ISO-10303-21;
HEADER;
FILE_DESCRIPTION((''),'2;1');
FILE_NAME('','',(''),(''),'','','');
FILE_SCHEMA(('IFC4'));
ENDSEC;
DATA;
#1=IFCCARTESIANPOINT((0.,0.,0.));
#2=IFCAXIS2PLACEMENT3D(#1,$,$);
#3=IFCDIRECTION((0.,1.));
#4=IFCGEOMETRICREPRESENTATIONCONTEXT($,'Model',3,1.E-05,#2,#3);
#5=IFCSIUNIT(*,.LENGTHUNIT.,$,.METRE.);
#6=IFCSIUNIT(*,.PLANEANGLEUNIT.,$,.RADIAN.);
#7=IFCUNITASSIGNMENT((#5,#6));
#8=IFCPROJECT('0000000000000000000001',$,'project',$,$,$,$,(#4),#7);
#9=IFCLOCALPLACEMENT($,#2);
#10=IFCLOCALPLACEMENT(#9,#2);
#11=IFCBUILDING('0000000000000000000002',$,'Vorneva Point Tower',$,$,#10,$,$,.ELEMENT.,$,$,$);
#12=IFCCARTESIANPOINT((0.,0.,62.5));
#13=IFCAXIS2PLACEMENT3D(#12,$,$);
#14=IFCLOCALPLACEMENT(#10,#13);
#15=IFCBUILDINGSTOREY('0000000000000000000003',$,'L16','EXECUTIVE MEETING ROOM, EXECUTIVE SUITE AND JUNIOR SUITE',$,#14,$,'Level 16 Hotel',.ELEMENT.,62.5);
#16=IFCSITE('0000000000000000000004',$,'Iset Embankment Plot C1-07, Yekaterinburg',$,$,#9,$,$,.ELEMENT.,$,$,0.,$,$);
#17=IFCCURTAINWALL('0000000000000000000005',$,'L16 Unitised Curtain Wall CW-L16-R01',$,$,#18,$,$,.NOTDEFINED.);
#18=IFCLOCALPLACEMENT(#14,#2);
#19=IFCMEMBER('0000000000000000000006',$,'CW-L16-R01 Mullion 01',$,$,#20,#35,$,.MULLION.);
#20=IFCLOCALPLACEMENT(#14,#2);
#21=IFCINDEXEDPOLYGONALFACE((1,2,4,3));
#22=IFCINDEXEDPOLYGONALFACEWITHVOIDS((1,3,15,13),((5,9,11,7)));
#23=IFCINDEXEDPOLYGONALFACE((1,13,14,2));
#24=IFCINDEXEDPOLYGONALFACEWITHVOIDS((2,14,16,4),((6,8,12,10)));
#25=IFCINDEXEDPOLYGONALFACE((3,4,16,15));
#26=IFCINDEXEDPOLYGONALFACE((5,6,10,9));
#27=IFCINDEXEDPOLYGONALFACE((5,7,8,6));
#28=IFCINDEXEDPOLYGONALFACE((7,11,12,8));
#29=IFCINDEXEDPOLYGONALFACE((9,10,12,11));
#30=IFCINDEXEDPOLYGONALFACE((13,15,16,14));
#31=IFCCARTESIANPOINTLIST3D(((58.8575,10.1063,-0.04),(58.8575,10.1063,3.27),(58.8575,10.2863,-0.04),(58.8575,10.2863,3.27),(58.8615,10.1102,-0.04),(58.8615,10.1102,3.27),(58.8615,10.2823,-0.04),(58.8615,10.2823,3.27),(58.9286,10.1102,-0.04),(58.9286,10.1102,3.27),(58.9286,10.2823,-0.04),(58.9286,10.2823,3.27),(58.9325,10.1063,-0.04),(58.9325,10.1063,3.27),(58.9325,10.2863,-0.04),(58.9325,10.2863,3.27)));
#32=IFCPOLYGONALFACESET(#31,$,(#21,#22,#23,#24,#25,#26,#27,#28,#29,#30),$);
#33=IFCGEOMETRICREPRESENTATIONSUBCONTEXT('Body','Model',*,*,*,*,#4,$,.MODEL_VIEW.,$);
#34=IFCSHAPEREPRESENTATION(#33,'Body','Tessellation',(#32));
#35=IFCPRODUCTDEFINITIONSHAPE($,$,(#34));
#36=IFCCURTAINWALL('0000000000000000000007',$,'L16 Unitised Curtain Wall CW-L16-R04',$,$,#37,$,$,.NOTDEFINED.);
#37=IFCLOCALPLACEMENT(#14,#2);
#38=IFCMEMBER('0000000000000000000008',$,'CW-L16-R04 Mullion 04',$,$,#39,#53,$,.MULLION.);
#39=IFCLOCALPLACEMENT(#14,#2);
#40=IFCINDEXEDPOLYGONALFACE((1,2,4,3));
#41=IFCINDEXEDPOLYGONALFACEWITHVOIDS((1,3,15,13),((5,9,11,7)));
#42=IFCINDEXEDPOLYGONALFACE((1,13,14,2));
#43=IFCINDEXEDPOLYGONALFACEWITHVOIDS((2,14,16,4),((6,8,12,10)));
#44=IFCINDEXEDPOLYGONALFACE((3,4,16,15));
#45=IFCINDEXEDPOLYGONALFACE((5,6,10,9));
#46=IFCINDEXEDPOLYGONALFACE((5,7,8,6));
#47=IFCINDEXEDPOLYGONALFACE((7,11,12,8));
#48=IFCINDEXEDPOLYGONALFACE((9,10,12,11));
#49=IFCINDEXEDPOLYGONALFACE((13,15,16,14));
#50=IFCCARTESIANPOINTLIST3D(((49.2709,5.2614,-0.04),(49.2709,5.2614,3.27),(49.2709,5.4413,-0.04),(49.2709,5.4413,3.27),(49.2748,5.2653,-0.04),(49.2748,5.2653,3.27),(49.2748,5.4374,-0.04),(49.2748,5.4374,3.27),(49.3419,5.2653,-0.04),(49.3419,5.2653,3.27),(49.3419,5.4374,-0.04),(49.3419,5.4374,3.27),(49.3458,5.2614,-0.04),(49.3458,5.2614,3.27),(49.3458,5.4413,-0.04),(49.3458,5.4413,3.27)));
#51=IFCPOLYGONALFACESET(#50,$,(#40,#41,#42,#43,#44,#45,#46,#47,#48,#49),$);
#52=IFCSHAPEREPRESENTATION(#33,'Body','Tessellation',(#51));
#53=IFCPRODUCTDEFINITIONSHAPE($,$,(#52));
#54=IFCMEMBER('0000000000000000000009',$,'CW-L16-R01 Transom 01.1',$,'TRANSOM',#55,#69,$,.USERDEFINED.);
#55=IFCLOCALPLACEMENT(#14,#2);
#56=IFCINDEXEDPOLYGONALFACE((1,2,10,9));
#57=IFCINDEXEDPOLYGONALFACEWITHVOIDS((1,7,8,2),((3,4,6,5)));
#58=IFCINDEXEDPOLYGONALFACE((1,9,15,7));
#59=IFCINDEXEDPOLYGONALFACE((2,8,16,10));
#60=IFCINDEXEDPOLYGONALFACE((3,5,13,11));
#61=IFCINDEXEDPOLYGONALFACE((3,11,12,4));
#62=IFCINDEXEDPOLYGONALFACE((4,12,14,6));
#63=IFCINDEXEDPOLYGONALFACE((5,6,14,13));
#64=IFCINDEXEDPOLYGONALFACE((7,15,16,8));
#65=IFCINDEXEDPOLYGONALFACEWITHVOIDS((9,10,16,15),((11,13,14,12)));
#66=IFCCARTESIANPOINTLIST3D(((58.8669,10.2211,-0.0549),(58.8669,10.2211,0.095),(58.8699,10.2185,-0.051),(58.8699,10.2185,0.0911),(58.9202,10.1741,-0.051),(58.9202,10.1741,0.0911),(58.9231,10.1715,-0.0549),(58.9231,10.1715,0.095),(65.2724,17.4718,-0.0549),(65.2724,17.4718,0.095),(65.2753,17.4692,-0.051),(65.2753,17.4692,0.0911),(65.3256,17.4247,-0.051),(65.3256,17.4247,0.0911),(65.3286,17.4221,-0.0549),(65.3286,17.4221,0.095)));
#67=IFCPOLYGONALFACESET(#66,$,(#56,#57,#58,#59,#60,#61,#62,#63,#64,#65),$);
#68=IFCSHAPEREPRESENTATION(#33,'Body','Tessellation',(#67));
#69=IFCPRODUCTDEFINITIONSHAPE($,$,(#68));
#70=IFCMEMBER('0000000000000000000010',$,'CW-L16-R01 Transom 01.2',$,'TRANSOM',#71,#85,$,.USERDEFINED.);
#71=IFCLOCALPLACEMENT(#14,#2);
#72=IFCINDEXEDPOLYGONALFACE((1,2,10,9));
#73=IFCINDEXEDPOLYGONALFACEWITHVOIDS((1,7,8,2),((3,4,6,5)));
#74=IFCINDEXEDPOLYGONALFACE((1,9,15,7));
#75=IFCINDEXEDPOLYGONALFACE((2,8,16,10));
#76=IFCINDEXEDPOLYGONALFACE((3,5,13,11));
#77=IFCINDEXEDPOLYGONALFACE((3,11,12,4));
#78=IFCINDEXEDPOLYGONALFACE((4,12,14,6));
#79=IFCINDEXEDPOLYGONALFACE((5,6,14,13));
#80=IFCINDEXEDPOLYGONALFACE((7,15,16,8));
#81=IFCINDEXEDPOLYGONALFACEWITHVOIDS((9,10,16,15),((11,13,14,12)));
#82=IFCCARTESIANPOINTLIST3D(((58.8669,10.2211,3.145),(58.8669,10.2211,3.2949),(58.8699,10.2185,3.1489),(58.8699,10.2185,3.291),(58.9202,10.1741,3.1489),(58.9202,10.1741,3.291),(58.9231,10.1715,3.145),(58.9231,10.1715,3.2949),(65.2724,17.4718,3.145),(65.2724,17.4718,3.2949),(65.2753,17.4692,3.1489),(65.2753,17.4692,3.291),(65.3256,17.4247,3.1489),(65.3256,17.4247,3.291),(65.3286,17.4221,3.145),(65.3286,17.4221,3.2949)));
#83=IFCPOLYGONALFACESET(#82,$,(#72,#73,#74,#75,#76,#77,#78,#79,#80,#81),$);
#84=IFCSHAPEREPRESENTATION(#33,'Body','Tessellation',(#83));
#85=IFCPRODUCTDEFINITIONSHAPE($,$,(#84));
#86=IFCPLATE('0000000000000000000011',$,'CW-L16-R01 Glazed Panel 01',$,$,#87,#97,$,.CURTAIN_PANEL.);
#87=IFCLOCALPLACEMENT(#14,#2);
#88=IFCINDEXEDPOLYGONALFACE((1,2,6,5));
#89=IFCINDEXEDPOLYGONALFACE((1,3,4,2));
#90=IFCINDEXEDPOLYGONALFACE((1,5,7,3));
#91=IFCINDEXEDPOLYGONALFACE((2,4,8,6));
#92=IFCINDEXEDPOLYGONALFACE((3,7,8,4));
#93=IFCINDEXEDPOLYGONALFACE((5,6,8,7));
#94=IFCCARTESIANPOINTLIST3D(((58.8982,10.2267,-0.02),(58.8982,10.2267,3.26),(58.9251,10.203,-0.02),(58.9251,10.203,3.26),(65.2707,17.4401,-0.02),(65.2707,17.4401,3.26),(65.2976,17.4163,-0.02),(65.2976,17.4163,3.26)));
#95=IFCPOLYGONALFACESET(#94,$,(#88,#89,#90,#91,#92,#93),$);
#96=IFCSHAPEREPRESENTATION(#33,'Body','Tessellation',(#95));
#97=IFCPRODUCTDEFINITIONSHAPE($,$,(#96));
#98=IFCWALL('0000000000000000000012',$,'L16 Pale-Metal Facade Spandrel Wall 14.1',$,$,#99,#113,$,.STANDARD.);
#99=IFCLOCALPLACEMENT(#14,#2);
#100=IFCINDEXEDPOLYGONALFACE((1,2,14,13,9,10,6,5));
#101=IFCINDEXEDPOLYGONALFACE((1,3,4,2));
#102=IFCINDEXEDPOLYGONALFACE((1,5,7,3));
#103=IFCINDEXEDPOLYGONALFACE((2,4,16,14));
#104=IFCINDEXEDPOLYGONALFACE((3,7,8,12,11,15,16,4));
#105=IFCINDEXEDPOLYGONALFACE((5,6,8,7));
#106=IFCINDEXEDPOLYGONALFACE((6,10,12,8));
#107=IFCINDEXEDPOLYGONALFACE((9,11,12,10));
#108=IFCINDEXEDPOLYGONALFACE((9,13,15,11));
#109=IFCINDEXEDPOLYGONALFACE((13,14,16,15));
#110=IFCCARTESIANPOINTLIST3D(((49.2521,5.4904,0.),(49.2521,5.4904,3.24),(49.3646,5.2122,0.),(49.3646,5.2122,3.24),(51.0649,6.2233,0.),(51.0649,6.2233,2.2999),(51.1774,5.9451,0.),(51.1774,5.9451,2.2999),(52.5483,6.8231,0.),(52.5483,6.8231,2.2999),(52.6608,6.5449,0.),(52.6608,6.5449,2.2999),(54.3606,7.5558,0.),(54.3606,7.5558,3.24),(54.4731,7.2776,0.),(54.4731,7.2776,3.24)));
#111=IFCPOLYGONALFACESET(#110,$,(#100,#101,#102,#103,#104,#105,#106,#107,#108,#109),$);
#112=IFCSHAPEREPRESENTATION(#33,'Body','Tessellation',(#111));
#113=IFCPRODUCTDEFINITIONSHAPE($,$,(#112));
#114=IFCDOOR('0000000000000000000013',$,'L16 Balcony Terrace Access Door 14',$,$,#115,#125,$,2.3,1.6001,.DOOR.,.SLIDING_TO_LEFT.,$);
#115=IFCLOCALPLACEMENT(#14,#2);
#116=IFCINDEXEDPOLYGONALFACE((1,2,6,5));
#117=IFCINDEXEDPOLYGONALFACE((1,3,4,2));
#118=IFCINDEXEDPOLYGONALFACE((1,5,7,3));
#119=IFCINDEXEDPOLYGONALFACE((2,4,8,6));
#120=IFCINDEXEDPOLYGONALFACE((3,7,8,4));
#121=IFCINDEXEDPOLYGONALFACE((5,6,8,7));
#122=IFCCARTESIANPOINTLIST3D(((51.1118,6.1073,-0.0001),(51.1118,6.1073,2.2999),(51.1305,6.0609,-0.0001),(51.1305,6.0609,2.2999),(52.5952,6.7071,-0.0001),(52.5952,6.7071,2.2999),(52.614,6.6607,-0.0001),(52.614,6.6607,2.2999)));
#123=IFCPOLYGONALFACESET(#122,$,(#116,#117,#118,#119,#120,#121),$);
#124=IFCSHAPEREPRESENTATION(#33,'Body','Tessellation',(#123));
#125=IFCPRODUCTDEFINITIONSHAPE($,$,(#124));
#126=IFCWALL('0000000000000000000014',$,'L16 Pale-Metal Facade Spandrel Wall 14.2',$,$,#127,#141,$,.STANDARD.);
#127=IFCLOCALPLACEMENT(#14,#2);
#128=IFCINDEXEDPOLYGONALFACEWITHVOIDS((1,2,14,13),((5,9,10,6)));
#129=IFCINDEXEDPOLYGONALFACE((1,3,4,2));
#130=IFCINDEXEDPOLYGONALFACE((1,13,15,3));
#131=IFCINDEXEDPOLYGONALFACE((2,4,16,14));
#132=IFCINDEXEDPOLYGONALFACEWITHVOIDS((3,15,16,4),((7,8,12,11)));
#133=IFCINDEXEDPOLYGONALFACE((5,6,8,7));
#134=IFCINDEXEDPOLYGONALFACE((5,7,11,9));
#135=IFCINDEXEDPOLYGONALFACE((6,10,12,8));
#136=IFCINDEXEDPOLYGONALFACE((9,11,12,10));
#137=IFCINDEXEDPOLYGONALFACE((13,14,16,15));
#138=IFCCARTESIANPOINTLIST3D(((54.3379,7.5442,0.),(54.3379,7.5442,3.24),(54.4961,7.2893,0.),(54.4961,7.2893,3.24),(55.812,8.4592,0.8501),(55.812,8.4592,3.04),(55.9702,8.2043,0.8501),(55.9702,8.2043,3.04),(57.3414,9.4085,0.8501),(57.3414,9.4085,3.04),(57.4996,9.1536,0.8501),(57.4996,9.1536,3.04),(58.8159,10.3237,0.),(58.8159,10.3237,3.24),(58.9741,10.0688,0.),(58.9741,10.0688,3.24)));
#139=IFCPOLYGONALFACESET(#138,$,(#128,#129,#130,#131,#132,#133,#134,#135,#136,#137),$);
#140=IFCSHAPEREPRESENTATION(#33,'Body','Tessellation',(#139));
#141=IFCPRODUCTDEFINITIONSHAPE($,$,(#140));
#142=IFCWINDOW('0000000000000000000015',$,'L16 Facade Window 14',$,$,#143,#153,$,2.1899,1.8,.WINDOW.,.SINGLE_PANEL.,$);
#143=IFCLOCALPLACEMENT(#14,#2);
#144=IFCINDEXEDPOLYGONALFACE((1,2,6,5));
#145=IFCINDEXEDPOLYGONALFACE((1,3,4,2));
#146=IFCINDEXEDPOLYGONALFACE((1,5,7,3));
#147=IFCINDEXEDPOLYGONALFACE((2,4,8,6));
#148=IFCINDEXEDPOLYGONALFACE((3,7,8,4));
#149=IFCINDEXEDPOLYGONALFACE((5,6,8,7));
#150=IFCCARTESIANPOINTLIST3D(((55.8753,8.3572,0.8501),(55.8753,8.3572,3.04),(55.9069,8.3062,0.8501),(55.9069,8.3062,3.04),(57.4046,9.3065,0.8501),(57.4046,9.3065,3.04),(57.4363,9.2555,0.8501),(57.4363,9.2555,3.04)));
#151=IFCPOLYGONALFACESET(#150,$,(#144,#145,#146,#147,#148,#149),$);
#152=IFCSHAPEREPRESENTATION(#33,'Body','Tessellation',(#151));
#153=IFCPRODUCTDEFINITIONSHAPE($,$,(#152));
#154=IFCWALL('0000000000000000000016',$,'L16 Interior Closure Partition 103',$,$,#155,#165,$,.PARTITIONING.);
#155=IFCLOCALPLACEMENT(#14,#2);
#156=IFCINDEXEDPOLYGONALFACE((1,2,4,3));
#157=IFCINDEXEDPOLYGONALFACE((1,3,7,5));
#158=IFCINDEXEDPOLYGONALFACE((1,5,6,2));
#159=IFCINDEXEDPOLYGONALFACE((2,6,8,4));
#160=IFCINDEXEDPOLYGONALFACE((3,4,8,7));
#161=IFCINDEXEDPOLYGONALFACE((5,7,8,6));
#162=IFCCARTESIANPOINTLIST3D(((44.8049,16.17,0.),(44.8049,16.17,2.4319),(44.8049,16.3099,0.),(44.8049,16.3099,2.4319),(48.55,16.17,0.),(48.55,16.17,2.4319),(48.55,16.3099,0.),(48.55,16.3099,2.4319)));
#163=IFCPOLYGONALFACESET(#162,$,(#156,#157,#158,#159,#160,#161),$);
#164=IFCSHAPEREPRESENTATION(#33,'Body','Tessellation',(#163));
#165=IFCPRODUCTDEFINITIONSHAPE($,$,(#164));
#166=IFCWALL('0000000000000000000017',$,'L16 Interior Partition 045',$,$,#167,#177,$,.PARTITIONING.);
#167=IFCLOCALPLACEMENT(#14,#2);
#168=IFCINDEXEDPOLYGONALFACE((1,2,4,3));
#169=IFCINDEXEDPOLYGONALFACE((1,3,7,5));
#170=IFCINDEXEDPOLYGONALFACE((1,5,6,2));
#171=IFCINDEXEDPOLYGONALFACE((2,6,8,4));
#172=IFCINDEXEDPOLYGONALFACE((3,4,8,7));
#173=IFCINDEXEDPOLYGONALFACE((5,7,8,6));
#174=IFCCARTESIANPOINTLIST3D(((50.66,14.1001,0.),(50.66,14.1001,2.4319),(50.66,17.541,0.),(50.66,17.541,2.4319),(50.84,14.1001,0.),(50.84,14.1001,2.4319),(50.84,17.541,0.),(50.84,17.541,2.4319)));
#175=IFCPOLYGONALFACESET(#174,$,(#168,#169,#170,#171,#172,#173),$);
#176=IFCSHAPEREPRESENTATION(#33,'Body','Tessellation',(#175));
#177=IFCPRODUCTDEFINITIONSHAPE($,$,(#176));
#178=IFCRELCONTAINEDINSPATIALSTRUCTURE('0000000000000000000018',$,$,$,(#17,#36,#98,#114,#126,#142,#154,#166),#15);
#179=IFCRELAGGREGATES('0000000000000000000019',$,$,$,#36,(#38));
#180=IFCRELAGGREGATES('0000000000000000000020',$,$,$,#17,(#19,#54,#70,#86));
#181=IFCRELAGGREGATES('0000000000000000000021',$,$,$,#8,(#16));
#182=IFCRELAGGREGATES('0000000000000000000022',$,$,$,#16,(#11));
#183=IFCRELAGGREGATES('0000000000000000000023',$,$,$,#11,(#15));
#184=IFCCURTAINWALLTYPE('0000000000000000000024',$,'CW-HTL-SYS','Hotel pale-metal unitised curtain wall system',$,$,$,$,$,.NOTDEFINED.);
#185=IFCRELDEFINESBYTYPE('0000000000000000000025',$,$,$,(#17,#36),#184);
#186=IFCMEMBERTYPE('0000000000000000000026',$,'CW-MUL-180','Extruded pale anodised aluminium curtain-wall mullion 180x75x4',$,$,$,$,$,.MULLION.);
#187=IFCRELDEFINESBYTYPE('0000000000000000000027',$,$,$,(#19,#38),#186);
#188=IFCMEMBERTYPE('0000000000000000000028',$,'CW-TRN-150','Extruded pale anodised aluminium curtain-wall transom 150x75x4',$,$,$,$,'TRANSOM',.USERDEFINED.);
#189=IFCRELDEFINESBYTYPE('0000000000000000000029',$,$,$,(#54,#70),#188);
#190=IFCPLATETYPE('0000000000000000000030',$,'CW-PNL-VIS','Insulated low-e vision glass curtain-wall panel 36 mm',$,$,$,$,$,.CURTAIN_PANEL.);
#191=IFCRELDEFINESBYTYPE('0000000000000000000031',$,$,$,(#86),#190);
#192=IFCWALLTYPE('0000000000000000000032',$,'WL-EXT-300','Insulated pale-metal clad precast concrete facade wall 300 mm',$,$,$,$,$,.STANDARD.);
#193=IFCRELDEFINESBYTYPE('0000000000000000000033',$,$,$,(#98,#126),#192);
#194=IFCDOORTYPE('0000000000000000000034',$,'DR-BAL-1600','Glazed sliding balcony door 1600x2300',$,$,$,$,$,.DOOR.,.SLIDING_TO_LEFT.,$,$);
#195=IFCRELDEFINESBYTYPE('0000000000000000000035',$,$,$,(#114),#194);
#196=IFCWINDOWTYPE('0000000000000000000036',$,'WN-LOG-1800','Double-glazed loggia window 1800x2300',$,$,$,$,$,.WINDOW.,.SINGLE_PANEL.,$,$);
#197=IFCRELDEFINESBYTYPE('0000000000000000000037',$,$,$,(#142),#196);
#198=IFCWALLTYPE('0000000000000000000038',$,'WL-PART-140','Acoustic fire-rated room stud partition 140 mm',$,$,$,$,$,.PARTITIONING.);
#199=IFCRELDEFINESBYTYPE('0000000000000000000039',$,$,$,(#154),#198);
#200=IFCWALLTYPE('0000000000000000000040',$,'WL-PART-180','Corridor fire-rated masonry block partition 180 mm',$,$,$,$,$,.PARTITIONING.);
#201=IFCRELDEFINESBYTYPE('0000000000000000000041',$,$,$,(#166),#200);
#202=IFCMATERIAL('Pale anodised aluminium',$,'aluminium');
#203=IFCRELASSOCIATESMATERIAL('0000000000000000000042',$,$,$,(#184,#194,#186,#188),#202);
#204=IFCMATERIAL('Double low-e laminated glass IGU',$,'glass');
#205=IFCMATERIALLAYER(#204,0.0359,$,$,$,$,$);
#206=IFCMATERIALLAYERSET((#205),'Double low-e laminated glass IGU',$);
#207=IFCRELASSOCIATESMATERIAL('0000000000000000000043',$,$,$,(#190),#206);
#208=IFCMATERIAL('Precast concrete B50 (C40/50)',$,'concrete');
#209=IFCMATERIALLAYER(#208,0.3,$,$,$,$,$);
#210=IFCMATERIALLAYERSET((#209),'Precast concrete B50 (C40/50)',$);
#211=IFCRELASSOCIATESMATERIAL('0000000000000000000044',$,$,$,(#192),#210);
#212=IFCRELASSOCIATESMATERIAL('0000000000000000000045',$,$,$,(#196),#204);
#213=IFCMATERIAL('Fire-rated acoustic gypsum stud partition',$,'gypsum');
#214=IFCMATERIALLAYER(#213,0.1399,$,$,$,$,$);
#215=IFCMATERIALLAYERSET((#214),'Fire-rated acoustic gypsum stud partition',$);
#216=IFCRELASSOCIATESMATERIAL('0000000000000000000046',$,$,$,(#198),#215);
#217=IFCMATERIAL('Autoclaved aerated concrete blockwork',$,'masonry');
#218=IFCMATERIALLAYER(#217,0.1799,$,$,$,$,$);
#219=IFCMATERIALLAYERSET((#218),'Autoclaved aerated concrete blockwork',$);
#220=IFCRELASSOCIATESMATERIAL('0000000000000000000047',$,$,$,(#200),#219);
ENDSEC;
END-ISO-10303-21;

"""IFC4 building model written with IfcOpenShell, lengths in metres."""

from ifc_helpers import new_model, si_unit, direction, frame, frame_2d, origin, origin_2d, place, context, subcontext, project, spatial, rectangle, hollow_rectangle, extrude, material, layer, layer_set, material_profile, profile_set, type_object, element, fill, aggregate, save


model = new_model("IFC4")

# Units and contexts
model_context = context("Model", 3, precision=1e-05, world=origin(), true_north=direction((0.0, 1.0)))
body_context = subcontext(model_context, "Body", "Model", "MODEL_VIEW")
ifc_project = project(units=[si_unit("LENGTHUNIT", "METRE"), si_unit("PLANEANGLEUNIT", "RADIAN")], contexts=[model_context])

# Site, building, storey
site_placement = place(None, origin())
site = spatial("IfcSite", under=ifc_project, at=site_placement, Name="Iset Embankment Plot C1-07, Yekaterinburg", CompositionType="ELEMENT", RefElevation=0.0)
building_placement = place(site_placement, origin())
building = spatial("IfcBuilding", under=site, at=building_placement, Name="Vorneva Point Tower", CompositionType="ELEMENT")
storey_placement = place(building_placement, frame((0.0, 0.0, 62.5)))
storey = spatial("IfcBuildingStorey", under=building, at=storey_placement, Name="L16", Description="EXECUTIVE MEETING ROOM, EXECUTIVE SUITE AND JUNIOR SUITE", LongName="Level 16 Hotel", CompositionType="ELEMENT", Elevation=62.5)

# Curtain walls, members
ifc_material_1 = material(Name="Pale anodised aluminium", Category="aluminium")
curtain_wall_type = type_object("IfcCurtainWallType", Name="CW-HTL-SYS", Description="Hotel pale-metal unitised curtain wall system", PredefinedType="NOTDEFINED", material=ifc_material_1)
curtain_wall_1_placement = place(storey_placement, origin())
curtain_wall_1 = element("IfcCurtainWall", 1, at=curtain_wall_1_placement, inside=storey, type_object=curtain_wall_type, Name="L16 Unitised Curtain Wall CW-L16-R01", PredefinedType="NOTDEFINED")
ifc_material_profile_1 = material_profile(ifc_material_1, hollow_rectangle(XDim=0.075, YDim=0.1799, WallThickness=0.0039, at=origin_2d()), Name="AL-MUL 180x75x4")
ifc_profile_set_1 = profile_set([ifc_material_profile_1], Name="Pale anodised aluminium")
member_type_1 = type_object("IfcMemberType", Name="CW-MUL-180", Description="Extruded pale anodised aluminium curtain-wall mullion 180x75x4", PredefinedType="MULLION", material=ifc_profile_set_1)
member_1_placement = place(storey_placement, frame((58.895, 10.1963, -0.04), z_axis=(0.0, 0.0, 1.0), x_axis=(1.0, 0.0, 0.0)))
member_1 = element("IfcMember", 2, at=member_1_placement, type_object=member_type_1, Name="CW-L16-R01 Mullion 01", PredefinedType="MULLION", context=body_context, shape_type="SweptSolid", body=[
    extrude(hollow_rectangle(XDim=0.075, YDim=0.1799, WallThickness=0.0039, at=origin_2d()), origin(), (0.0, 0.0, 1.0), 3.3101),
])
curtain_wall_2_placement = place(storey_placement, origin())
curtain_wall_2 = element("IfcCurtainWall", 3, at=curtain_wall_2_placement, inside=storey, type_object=curtain_wall_type, Name="L16 Unitised Curtain Wall CW-L16-R04", PredefinedType="NOTDEFINED")
member_2_placement = place(storey_placement, frame((49.3083, 5.3513, -0.04), z_axis=(0.0, 0.0, 1.0), x_axis=(1.0, 0.0, 0.0)))
member_2 = element("IfcMember", 4, at=member_2_placement, type_object=member_type_1, Name="CW-L16-R04 Mullion 04", PredefinedType="MULLION", context=body_context, shape_type="SweptSolid", body=[
    extrude(hollow_rectangle(XDim=0.075, YDim=0.1799, WallThickness=0.0039, at=origin_2d()), origin(), (0.0, 0.0, 1.0), 3.3101),
])
aggregate(curtain_wall_2, [member_2])

# Members
ifc_material_profile_2 = material_profile(ifc_material_1, hollow_rectangle(XDim=0.075, YDim=0.1499, WallThickness=0.0039, at=origin_2d()), Name="AL-TRN 150x75x4")
ifc_profile_set_2 = profile_set([ifc_material_profile_2], Name="Pale anodised aluminium")
member_type_2 = type_object("IfcMemberType", Name="CW-TRN-150", Description="Extruded pale anodised aluminium curtain-wall transom 150x75x4", ElementType="TRANSOM", PredefinedType="USERDEFINED", material=ifc_profile_set_2)
member_3_placement = place(storey_placement, frame((58.895, 10.1963, 0.02), z_axis=(0.662076, 0.749437, 0.0), x_axis=(-0.749437, 0.662076, 0.0)))
member_3 = element("IfcMember", 5, at=member_3_placement, type_object=member_type_2, Name="CW-L16-R01 Transom 01.1", ObjectType="TRANSOM", PredefinedType="USERDEFINED", context=body_context, shape_type="SweptSolid", body=[
    extrude(hollow_rectangle(XDim=0.075, YDim=0.1499, WallThickness=0.0039, at=origin_2d()), origin(), (0.0, 0.0, 1.0), 9.6748),
])
member_4_placement = place(storey_placement, frame((58.895, 10.1963, 3.22), z_axis=(0.662076, 0.749437, 0.0), x_axis=(-0.749437, 0.662076, 0.0)))
member_4 = element("IfcMember", 6, at=member_4_placement, type_object=member_type_2, Name="CW-L16-R01 Transom 01.2", ObjectType="TRANSOM", PredefinedType="USERDEFINED", context=body_context, shape_type="SweptSolid", body=[
    extrude(hollow_rectangle(XDim=0.075, YDim=0.1499, WallThickness=0.0039, at=origin_2d()), origin(), (0.0, 0.0, 1.0), 9.6748),
])

# Plate
ifc_material_2 = material(Name="Double low-e laminated glass IGU", Category="glass")
ifc_layer_1 = layer(ifc_material_2, 0.0359)
ifc_layer_set_1 = layer_set([ifc_layer_1], Name="Double low-e laminated glass IGU")
plate_type = type_object("IfcPlateType", Name="CW-PNL-VIS", Description="Insulated low-e vision glass curtain-wall panel 36 mm", PredefinedType="CURTAIN_PANEL", material=ifc_layer_set_1)
plate_placement = place(storey_placement, frame((62.0979, 13.8215, -0.02), z_axis=(0.0, 0.0, 1.0), x_axis=(0.662071, 0.749441, 0.0)))
plate = element("IfcPlate", 7, at=plate_placement, type_object=plate_type, Name="CW-L16-R01 Glazed Panel 01", PredefinedType="CURTAIN_PANEL", context=body_context, shape_type="SweptSolid", body=[
    extrude(rectangle(XDim=9.625, YDim=0.0359, at=origin_2d()), origin(), (0.0, 0.0, 1.0), 3.28),
])
aggregate(curtain_wall_1, [member_1, member_3, member_4, plate])

# Wall, opening, door
ifc_material_3 = material(Name="Precast concrete B50 (C40/50)", Category="concrete")
ifc_layer_2 = layer(ifc_material_3, 0.3)
ifc_layer_set_2 = layer_set([ifc_layer_2], Name="Precast concrete B50 (C40/50)")
wall_type_1 = type_object("IfcWallType", Name="WL-EXT-300", Description="Insulated pale-metal clad precast concrete facade wall 300 mm", PredefinedType="STANDARD", material=ifc_layer_set_2)
wall_1_placement = place(storey_placement, frame((49.3083, 5.3513, 0.0), z_axis=(0.0, 0.0, 1.0), x_axis=(0.927095, 0.374826, 0.0)))
wall_1 = element("IfcWall", 8, at=wall_1_placement, inside=storey, type_object=wall_type_1, Name="L16 Pale-Metal Facade Spandrel Wall 14.1", PredefinedType="STANDARD", context=body_context, shape_type="SweptSolid", body=[
    extrude(rectangle(XDim=5.5103, YDim=0.3, at=frame_2d((2.7551, 0.0))), origin(), (0.0, 0.0, 1.0), 3.24),
])
opening_1_placement = place(wall_1_placement, frame((1.9553, 0.0, 0.0)))
opening_1 = element("IfcOpeningElement", 9, at=opening_1_placement, cuts=wall_1, PredefinedType="OPENING", context=body_context, shape_type="SweptSolid", body=[
    extrude(rectangle(XDim=1.6001, YDim=2.3, at=frame_2d((0.8, 1.1499))), frame((0.0, 0.165, 0.0), z_axis=(0.0, -1.0, 0.0), x_axis=(1.0, 0.0, 0.0)), (0.0, 0.0, 1.0), 0.3298),
])
door_type = type_object("IfcDoorType", Name="DR-BAL-1600", Description="Glazed sliding balcony door 1600x2300", OperationType="SLIDING_TO_LEFT", PredefinedType="DOOR", material=ifc_material_1)
door_placement = place(opening_1_placement, origin())
door = element("IfcDoor", 10, at=door_placement, inside=storey, type_object=door_type, Name="L16 Balcony Terrace Access Door 14", OperationType="SLIDING_TO_LEFT", OverallHeight=2.3, OverallWidth=1.6001, PredefinedType="DOOR", context=body_context, shape_type="SweptSolid", body=[
    extrude(rectangle(XDim=1.6001, YDim=2.3, at=frame_2d((0.8, 1.1499))), frame((0.0, 0.0249, 0.0), z_axis=(0.0, -1.0, 0.0), x_axis=(1.0, 0.0, 0.0)), (0.0, 0.0, 1.0), 0.05),
])
fill(opening_1, door)

# Wall, opening, window
wall_2_placement = place(storey_placement, frame((54.417, 7.4167, 0.0), z_axis=(0.0, 0.0, 1.0), x_axis=(0.849634, 0.527373, 0.0)))
wall_2 = element("IfcWall", 11, at=wall_2_placement, inside=storey, type_object=wall_type_1, Name="L16 Pale-Metal Facade Spandrel Wall 14.2", PredefinedType="STANDARD", context=body_context, shape_type="SweptSolid", body=[
    extrude(rectangle(XDim=5.2705, YDim=0.3, at=frame_2d((2.6353, 0.0))), origin(), (0.0, 0.0, 1.0), 3.24),
])
opening_2_placement = place(wall_2_placement, frame((1.7351, 0.0, 0.8501)))
opening_2 = element("IfcOpeningElement", 12, at=opening_2_placement, cuts=wall_2, PredefinedType="OPENING", context=body_context, shape_type="SweptSolid", body=[
    extrude(rectangle(XDim=1.8, YDim=2.1899, at=frame_2d((0.8999, 1.095))), frame((0.0, 0.165, 0.0), z_axis=(0.0, -1.0, 0.0), x_axis=(1.0, 0.0, 0.0)), (0.0, 0.0, 1.0), 0.3298),
])
window_type = type_object("IfcWindowType", Name="WN-LOG-1800", Description="Double-glazed loggia window 1800x2300", PartitioningType="SINGLE_PANEL", PredefinedType="WINDOW", material=ifc_material_2)
window_placement = place(opening_2_placement, origin())
window = element("IfcWindow", 13, at=window_placement, inside=storey, type_object=window_type, Name="L16 Facade Window 14", OverallHeight=2.1899, OverallWidth=1.8, PartitioningType="SINGLE_PANEL", PredefinedType="WINDOW", context=body_context, shape_type="SweptSolid", body=[
    extrude(rectangle(XDim=1.8, YDim=2.1899, at=frame_2d((0.8999, 1.095))), frame((0.0, 0.03, 0.0), z_axis=(0.0, -1.0, 0.0), x_axis=(1.0, 0.0, 0.0)), (0.0, 0.0, 1.0), 0.0601),
])
fill(opening_2, window)

# Walls
ifc_material_4 = material(Name="Fire-rated acoustic gypsum stud partition", Category="gypsum")
ifc_layer_3 = layer(ifc_material_4, 0.1399)
ifc_layer_set_3 = layer_set([ifc_layer_3], Name="Fire-rated acoustic gypsum stud partition")
wall_type_2 = type_object("IfcWallType", Name="WL-PART-140", Description="Acoustic fire-rated room stud partition 140 mm", PredefinedType="PARTITIONING", material=ifc_layer_set_3)
wall_3_placement = place(storey_placement, frame((48.55, 16.24, 0.0), z_axis=(0.0, 0.0, 1.0), x_axis=(-1.0, 0.0, 0.0)))
element("IfcWall", 14, at=wall_3_placement, inside=storey, type_object=wall_type_2, Name="L16 Interior Closure Partition 103", PredefinedType="PARTITIONING", context=body_context, shape_type="SweptSolid", body=[
    extrude(rectangle(XDim=3.7451, YDim=0.1399, at=frame_2d((1.8726, 0.0))), origin(), (0.0, 0.0, 1.0), 2.4319),
])
ifc_material_5 = material(Name="Autoclaved aerated concrete blockwork", Category="masonry")
ifc_layer_4 = layer(ifc_material_5, 0.1799)
ifc_layer_set_4 = layer_set([ifc_layer_4], Name="Autoclaved aerated concrete blockwork")
wall_type_3 = type_object("IfcWallType", Name="WL-PART-180", Description="Corridor fire-rated masonry block partition 180 mm", PredefinedType="PARTITIONING", material=ifc_layer_set_4)
wall_4_placement = place(storey_placement, frame((50.75, 14.1001, 0.0), z_axis=(0.0, 0.0, 1.0), x_axis=(0.0, 1.0, 0.0)))
element("IfcWall", 15, at=wall_4_placement, inside=storey, type_object=wall_type_3, Name="L16 Interior Partition 045", PredefinedType="PARTITIONING", context=body_context, shape_type="SweptSolid", body=[
    extrude(rectangle(XDim=3.4409, YDim=0.1799, at=frame_2d((1.7205, 0.0))), origin(), (0.0, 0.0, 1.0), 2.4319),
])

save(model, "model.ifc")
